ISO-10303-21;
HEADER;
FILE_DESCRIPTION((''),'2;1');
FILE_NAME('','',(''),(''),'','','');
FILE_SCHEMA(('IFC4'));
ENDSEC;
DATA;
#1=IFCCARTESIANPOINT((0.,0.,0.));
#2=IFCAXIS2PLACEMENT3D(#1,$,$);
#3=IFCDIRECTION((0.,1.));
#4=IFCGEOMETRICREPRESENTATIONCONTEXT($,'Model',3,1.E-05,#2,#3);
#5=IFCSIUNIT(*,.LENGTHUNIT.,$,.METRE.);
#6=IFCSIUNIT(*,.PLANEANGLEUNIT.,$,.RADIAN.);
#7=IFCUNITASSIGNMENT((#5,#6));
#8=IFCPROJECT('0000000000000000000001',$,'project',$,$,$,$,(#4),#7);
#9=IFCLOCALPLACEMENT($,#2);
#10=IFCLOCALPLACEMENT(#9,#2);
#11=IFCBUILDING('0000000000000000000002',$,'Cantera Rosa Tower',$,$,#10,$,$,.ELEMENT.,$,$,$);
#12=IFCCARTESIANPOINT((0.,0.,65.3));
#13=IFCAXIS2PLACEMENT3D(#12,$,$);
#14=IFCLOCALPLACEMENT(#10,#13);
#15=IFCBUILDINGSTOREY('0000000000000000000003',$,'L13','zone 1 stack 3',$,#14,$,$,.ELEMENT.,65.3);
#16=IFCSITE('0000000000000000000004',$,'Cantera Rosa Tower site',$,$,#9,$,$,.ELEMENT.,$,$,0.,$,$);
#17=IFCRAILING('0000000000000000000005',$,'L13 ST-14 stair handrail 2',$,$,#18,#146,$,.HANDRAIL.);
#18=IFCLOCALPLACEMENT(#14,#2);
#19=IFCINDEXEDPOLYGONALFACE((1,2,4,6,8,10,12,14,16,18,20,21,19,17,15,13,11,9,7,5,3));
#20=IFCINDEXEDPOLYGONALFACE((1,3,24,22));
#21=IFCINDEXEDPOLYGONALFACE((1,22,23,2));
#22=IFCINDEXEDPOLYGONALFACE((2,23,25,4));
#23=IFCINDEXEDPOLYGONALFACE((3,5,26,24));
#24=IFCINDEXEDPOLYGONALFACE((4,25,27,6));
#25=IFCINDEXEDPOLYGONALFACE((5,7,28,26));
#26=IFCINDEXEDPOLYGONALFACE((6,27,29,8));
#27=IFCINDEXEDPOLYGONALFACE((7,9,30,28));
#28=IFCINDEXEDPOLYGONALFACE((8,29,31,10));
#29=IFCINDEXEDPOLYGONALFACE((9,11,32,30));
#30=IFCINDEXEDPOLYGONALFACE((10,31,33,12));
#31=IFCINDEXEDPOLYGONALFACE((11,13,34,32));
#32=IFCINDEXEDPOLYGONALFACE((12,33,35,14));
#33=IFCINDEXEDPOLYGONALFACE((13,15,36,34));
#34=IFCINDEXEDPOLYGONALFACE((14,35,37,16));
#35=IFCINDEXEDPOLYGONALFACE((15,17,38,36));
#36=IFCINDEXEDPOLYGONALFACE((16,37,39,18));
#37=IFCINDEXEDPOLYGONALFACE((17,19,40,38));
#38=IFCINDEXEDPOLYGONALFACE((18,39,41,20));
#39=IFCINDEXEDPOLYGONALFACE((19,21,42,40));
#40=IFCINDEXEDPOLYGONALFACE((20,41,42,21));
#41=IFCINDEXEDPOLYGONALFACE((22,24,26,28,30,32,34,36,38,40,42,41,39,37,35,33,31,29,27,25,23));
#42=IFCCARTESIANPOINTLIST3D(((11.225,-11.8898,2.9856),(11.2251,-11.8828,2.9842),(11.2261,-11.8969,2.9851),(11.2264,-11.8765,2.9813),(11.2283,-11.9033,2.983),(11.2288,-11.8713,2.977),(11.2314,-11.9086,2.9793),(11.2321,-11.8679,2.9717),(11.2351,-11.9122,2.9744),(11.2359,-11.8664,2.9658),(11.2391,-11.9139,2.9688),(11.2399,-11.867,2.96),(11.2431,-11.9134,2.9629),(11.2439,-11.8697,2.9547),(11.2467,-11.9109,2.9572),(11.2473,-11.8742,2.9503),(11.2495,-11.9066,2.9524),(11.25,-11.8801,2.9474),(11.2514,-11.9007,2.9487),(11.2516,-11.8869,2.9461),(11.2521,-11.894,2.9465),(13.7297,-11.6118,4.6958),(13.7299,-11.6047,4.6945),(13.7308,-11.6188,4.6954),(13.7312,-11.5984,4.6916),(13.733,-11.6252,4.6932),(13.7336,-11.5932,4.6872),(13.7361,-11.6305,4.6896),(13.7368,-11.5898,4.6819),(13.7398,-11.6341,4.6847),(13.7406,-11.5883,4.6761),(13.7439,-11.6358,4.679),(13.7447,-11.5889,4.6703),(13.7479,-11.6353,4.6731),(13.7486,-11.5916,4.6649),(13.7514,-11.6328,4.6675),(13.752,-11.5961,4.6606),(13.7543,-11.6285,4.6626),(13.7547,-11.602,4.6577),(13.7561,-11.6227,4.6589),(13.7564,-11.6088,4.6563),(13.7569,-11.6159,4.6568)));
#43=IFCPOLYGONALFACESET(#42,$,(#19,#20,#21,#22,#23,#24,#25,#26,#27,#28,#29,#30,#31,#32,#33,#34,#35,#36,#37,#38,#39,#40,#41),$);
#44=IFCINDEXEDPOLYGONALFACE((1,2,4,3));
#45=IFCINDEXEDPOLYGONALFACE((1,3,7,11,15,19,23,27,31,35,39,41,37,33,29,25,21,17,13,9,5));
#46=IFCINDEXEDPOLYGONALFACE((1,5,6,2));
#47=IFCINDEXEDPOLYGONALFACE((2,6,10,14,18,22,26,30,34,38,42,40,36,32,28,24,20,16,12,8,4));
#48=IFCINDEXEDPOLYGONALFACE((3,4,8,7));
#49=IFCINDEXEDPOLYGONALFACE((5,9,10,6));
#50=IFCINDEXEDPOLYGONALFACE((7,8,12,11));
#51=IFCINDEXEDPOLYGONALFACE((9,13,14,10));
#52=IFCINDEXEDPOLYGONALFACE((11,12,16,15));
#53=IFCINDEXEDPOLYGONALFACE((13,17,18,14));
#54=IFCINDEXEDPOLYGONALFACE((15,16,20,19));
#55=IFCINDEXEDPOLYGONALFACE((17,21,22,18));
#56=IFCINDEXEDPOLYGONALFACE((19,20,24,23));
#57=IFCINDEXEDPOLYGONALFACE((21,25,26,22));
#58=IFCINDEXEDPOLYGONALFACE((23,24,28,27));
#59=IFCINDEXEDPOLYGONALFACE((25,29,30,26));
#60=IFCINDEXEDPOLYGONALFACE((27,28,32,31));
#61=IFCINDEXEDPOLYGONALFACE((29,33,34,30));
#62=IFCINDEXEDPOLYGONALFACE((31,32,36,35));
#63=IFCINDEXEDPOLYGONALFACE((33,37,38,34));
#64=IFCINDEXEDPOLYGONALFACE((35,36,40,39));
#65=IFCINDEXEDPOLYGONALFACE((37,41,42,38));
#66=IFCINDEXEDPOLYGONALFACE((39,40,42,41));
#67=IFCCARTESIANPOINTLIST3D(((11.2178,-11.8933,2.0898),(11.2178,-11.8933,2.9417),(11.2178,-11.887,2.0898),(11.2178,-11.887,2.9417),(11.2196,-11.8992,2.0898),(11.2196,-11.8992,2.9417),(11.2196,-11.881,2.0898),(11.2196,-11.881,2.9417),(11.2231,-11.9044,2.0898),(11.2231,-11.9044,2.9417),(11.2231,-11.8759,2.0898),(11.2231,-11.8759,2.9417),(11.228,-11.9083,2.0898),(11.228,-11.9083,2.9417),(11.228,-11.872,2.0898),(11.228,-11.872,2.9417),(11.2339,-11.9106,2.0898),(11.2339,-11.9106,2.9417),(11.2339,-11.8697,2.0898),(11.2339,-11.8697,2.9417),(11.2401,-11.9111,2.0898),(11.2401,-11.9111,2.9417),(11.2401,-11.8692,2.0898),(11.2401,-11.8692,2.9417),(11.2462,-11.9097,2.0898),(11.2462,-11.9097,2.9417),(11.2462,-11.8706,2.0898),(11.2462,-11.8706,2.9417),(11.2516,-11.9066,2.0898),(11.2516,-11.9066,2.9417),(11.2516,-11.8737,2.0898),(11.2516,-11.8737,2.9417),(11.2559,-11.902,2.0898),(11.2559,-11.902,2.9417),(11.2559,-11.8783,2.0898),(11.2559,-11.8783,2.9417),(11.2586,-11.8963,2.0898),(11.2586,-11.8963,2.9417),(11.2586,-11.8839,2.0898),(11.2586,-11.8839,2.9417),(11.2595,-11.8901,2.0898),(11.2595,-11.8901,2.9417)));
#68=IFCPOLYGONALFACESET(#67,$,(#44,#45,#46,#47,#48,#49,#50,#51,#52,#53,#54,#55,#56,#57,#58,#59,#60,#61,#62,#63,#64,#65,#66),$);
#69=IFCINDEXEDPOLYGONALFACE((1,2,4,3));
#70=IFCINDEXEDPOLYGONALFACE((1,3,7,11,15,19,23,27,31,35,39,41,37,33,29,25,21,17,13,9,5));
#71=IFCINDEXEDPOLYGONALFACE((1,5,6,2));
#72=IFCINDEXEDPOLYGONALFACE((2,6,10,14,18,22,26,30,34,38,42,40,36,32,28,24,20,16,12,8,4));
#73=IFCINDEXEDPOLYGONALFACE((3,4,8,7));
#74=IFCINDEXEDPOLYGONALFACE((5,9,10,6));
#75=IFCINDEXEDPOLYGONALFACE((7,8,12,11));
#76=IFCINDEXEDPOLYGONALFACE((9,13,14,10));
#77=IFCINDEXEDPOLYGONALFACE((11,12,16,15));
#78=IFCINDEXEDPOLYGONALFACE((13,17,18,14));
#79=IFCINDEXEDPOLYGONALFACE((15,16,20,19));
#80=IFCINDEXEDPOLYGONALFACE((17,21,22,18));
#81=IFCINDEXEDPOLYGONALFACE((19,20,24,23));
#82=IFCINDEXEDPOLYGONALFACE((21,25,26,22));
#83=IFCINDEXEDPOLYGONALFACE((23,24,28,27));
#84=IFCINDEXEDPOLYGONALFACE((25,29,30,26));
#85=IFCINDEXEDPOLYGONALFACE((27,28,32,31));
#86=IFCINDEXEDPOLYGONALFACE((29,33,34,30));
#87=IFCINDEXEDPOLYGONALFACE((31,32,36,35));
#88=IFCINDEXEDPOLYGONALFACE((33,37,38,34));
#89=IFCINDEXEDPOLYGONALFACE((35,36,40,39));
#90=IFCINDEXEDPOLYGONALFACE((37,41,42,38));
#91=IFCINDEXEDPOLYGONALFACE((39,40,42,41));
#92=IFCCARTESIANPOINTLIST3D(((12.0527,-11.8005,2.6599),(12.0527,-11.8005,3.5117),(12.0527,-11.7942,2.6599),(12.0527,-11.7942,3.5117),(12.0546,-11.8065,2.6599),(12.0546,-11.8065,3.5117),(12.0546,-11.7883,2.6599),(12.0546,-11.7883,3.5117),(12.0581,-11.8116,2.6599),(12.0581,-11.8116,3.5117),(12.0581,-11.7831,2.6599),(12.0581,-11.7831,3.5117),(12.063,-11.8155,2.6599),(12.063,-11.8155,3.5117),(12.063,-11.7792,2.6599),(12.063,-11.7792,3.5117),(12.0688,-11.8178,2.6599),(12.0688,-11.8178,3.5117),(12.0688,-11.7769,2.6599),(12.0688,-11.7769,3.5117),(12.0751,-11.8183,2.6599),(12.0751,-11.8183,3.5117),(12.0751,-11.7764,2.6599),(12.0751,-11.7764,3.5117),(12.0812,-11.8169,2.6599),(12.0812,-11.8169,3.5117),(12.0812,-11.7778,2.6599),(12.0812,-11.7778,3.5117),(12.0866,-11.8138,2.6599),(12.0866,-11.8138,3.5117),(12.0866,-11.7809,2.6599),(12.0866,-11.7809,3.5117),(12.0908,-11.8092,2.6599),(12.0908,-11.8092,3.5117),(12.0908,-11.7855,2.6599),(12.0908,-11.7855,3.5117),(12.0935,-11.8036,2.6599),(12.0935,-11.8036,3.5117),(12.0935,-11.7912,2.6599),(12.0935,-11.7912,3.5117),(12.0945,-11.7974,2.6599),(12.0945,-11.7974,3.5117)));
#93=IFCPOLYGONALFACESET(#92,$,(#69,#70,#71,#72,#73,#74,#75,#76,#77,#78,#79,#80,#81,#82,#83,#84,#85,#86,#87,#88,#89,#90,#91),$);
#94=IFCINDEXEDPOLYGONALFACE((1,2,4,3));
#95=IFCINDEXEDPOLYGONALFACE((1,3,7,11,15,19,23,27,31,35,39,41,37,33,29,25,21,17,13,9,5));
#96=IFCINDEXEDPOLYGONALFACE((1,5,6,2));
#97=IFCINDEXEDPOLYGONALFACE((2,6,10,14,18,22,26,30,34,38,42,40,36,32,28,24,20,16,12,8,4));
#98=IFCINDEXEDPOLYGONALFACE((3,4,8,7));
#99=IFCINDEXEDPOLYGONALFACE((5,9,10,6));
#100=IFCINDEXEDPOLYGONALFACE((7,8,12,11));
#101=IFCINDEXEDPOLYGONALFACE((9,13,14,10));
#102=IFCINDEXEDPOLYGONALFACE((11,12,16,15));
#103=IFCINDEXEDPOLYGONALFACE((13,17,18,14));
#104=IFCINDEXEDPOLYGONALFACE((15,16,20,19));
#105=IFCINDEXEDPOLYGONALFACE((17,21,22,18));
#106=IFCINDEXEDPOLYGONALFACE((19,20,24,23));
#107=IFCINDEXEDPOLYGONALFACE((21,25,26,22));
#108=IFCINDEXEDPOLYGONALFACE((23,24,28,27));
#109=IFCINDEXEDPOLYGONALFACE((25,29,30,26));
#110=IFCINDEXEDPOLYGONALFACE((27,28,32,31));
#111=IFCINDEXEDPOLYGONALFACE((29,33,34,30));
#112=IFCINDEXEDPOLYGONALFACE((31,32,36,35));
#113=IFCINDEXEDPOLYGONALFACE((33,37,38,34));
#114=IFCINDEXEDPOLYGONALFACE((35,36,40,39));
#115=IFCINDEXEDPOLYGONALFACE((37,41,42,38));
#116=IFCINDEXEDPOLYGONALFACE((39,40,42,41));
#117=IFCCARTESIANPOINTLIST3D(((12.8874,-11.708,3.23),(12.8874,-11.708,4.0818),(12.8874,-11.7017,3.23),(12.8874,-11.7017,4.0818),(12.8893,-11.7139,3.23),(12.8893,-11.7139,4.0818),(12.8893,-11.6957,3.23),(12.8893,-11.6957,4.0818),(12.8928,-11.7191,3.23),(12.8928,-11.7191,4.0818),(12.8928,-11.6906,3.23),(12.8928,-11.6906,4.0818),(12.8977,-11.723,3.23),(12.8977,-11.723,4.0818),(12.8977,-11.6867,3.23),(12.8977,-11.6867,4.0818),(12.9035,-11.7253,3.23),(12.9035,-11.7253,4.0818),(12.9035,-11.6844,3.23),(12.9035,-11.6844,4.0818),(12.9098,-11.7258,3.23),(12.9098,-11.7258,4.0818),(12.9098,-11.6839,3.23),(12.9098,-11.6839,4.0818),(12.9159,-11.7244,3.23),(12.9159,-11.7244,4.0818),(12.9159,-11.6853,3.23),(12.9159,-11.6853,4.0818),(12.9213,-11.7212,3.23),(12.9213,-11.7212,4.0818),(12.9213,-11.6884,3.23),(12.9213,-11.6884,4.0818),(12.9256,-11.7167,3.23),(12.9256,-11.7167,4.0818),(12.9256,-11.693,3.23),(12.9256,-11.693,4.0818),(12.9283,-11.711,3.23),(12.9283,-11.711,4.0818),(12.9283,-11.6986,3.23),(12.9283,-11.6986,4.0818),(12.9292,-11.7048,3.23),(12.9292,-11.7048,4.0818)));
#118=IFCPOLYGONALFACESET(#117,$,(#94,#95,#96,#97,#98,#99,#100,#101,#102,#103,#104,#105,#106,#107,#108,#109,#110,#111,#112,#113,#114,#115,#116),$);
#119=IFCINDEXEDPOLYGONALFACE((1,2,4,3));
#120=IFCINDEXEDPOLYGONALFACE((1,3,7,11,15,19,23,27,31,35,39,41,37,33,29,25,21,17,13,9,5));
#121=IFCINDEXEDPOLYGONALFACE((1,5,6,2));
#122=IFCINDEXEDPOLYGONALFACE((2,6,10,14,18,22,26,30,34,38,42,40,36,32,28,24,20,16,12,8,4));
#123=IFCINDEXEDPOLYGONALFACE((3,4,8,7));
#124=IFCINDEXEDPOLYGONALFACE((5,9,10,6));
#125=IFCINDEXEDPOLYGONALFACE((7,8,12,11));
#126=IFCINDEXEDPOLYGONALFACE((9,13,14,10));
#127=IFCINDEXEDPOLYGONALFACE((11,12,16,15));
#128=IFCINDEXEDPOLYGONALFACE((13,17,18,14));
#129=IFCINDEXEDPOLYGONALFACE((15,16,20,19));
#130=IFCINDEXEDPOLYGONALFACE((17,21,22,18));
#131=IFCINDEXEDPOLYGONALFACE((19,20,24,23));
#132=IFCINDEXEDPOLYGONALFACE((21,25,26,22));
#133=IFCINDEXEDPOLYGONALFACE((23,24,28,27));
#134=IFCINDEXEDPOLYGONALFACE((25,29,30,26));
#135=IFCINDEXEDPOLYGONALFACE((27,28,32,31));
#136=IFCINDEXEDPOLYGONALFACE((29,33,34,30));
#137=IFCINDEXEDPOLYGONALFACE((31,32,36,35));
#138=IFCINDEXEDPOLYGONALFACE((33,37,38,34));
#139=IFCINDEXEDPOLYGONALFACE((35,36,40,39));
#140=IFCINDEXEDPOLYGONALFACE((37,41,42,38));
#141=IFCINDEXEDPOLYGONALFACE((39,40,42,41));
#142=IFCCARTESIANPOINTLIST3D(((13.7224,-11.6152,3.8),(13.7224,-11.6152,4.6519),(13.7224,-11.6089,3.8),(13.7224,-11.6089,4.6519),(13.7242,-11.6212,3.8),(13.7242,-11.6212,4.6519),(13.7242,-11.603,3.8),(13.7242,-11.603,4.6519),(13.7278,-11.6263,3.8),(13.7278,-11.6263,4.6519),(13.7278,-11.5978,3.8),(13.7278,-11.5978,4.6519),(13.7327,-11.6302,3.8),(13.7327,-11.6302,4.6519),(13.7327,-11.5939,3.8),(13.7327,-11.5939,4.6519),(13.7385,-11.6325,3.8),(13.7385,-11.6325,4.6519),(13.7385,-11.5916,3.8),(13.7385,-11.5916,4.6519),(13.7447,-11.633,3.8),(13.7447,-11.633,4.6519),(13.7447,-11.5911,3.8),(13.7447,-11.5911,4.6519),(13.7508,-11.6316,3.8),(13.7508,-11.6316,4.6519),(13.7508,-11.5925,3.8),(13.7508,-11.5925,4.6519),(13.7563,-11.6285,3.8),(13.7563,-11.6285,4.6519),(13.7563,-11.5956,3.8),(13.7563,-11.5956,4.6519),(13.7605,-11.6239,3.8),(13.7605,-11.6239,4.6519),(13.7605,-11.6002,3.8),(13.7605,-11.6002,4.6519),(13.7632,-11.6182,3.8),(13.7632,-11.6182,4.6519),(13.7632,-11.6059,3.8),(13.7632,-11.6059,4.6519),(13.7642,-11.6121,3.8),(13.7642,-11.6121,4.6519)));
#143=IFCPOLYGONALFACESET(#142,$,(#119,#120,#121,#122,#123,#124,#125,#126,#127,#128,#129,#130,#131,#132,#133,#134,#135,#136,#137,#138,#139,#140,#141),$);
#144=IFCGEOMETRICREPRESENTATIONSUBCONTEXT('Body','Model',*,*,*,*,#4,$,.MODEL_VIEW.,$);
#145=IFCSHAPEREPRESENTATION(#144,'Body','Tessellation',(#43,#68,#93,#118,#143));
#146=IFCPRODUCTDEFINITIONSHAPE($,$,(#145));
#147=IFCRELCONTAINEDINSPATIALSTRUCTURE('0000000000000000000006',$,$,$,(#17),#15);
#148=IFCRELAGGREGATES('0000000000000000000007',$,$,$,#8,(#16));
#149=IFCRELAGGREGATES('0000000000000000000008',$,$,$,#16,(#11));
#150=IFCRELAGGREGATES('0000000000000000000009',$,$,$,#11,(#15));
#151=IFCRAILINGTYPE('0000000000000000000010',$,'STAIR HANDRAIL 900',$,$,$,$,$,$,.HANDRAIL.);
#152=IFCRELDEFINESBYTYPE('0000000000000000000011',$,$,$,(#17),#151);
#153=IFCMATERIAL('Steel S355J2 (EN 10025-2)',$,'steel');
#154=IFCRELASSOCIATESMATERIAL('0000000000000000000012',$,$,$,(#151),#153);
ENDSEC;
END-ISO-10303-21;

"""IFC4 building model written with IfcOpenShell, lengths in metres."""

from ifc_helpers import new_model, si_unit, direction, frame, origin, origin_2d, place, context, subcontext, project, spatial, circle, extrude, material, type_object, element, save


model = new_model("IFC4")

# Units and contexts
model_context = context("Model", 3, precision=1e-05, world=origin(), true_north=direction((0.0, 1.0)))
body_context = subcontext(model_context, "Body", "Model", "MODEL_VIEW")
ifc_project = project(units=[si_unit("LENGTHUNIT", "METRE"), si_unit("PLANEANGLEUNIT", "RADIAN")], contexts=[model_context])

# Site, building, storey
site_placement = place(None, origin())
site = spatial("IfcSite", under=ifc_project, at=site_placement, Name="Cantera Rosa Tower site", CompositionType="ELEMENT", RefElevation=0.0)
building_placement = place(site_placement, origin())
building = spatial("IfcBuilding", under=site, at=building_placement, Name="Cantera Rosa Tower", CompositionType="ELEMENT")
storey_placement = place(building_placement, frame((0.0, 0.0, 65.3)))
storey = spatial("IfcBuildingStorey", under=building, at=storey_placement, Name="L13", Description="zone 1 stack 3", CompositionType="ELEMENT", Elevation=65.3)

# Railing
ifc_material_1 = material(Name="Steel S355J2 (EN 10025-2)", Category="steel")
railing_type_1 = type_object("IfcRailingType", Name="STAIR HANDRAIL 900", PredefinedType="HANDRAIL", material=ifc_material_1)
railing_1_placement = place(storey_placement, frame((11.2385, -11.8901, 2.0898)))
element("IfcRailing", 1, at=railing_1_placement, inside=storey, type_object=railing_type_1, Name="L13 ST-14 stair handrail 2", PredefinedType="HANDRAIL", context=body_context, shape_type="SweptSolid", body=[
    extrude(circle(Radius=0.0239, at=origin_2d()), frame((0.0, 0.0, 0.876), z_axis=(0.822394, 0.091306, 0.561543), x_axis=(-0.110346, 0.993893, 0.0)), (0.0, 0.0, 1.0), 3.0457),
    extrude(circle(Radius=0.021, at=origin_2d()), origin(), (0.0, 0.0, 1.0), 0.8518),
    extrude(circle(Radius=0.021, at=origin_2d()), frame((0.835, 0.0928, 0.5701)), (0.0, 0.0, 1.0), 0.8518),
    extrude(circle(Radius=0.021, at=origin_2d()), frame((1.6697, 0.1853, 1.1401)), (0.0, 0.0, 1.0), 0.8518),
    extrude(circle(Radius=0.021, at=origin_2d()), frame((2.5046, 0.2781, 1.7102)), (0.0, 0.0, 1.0), 0.8518),
])

save(model, "model.ifc")
